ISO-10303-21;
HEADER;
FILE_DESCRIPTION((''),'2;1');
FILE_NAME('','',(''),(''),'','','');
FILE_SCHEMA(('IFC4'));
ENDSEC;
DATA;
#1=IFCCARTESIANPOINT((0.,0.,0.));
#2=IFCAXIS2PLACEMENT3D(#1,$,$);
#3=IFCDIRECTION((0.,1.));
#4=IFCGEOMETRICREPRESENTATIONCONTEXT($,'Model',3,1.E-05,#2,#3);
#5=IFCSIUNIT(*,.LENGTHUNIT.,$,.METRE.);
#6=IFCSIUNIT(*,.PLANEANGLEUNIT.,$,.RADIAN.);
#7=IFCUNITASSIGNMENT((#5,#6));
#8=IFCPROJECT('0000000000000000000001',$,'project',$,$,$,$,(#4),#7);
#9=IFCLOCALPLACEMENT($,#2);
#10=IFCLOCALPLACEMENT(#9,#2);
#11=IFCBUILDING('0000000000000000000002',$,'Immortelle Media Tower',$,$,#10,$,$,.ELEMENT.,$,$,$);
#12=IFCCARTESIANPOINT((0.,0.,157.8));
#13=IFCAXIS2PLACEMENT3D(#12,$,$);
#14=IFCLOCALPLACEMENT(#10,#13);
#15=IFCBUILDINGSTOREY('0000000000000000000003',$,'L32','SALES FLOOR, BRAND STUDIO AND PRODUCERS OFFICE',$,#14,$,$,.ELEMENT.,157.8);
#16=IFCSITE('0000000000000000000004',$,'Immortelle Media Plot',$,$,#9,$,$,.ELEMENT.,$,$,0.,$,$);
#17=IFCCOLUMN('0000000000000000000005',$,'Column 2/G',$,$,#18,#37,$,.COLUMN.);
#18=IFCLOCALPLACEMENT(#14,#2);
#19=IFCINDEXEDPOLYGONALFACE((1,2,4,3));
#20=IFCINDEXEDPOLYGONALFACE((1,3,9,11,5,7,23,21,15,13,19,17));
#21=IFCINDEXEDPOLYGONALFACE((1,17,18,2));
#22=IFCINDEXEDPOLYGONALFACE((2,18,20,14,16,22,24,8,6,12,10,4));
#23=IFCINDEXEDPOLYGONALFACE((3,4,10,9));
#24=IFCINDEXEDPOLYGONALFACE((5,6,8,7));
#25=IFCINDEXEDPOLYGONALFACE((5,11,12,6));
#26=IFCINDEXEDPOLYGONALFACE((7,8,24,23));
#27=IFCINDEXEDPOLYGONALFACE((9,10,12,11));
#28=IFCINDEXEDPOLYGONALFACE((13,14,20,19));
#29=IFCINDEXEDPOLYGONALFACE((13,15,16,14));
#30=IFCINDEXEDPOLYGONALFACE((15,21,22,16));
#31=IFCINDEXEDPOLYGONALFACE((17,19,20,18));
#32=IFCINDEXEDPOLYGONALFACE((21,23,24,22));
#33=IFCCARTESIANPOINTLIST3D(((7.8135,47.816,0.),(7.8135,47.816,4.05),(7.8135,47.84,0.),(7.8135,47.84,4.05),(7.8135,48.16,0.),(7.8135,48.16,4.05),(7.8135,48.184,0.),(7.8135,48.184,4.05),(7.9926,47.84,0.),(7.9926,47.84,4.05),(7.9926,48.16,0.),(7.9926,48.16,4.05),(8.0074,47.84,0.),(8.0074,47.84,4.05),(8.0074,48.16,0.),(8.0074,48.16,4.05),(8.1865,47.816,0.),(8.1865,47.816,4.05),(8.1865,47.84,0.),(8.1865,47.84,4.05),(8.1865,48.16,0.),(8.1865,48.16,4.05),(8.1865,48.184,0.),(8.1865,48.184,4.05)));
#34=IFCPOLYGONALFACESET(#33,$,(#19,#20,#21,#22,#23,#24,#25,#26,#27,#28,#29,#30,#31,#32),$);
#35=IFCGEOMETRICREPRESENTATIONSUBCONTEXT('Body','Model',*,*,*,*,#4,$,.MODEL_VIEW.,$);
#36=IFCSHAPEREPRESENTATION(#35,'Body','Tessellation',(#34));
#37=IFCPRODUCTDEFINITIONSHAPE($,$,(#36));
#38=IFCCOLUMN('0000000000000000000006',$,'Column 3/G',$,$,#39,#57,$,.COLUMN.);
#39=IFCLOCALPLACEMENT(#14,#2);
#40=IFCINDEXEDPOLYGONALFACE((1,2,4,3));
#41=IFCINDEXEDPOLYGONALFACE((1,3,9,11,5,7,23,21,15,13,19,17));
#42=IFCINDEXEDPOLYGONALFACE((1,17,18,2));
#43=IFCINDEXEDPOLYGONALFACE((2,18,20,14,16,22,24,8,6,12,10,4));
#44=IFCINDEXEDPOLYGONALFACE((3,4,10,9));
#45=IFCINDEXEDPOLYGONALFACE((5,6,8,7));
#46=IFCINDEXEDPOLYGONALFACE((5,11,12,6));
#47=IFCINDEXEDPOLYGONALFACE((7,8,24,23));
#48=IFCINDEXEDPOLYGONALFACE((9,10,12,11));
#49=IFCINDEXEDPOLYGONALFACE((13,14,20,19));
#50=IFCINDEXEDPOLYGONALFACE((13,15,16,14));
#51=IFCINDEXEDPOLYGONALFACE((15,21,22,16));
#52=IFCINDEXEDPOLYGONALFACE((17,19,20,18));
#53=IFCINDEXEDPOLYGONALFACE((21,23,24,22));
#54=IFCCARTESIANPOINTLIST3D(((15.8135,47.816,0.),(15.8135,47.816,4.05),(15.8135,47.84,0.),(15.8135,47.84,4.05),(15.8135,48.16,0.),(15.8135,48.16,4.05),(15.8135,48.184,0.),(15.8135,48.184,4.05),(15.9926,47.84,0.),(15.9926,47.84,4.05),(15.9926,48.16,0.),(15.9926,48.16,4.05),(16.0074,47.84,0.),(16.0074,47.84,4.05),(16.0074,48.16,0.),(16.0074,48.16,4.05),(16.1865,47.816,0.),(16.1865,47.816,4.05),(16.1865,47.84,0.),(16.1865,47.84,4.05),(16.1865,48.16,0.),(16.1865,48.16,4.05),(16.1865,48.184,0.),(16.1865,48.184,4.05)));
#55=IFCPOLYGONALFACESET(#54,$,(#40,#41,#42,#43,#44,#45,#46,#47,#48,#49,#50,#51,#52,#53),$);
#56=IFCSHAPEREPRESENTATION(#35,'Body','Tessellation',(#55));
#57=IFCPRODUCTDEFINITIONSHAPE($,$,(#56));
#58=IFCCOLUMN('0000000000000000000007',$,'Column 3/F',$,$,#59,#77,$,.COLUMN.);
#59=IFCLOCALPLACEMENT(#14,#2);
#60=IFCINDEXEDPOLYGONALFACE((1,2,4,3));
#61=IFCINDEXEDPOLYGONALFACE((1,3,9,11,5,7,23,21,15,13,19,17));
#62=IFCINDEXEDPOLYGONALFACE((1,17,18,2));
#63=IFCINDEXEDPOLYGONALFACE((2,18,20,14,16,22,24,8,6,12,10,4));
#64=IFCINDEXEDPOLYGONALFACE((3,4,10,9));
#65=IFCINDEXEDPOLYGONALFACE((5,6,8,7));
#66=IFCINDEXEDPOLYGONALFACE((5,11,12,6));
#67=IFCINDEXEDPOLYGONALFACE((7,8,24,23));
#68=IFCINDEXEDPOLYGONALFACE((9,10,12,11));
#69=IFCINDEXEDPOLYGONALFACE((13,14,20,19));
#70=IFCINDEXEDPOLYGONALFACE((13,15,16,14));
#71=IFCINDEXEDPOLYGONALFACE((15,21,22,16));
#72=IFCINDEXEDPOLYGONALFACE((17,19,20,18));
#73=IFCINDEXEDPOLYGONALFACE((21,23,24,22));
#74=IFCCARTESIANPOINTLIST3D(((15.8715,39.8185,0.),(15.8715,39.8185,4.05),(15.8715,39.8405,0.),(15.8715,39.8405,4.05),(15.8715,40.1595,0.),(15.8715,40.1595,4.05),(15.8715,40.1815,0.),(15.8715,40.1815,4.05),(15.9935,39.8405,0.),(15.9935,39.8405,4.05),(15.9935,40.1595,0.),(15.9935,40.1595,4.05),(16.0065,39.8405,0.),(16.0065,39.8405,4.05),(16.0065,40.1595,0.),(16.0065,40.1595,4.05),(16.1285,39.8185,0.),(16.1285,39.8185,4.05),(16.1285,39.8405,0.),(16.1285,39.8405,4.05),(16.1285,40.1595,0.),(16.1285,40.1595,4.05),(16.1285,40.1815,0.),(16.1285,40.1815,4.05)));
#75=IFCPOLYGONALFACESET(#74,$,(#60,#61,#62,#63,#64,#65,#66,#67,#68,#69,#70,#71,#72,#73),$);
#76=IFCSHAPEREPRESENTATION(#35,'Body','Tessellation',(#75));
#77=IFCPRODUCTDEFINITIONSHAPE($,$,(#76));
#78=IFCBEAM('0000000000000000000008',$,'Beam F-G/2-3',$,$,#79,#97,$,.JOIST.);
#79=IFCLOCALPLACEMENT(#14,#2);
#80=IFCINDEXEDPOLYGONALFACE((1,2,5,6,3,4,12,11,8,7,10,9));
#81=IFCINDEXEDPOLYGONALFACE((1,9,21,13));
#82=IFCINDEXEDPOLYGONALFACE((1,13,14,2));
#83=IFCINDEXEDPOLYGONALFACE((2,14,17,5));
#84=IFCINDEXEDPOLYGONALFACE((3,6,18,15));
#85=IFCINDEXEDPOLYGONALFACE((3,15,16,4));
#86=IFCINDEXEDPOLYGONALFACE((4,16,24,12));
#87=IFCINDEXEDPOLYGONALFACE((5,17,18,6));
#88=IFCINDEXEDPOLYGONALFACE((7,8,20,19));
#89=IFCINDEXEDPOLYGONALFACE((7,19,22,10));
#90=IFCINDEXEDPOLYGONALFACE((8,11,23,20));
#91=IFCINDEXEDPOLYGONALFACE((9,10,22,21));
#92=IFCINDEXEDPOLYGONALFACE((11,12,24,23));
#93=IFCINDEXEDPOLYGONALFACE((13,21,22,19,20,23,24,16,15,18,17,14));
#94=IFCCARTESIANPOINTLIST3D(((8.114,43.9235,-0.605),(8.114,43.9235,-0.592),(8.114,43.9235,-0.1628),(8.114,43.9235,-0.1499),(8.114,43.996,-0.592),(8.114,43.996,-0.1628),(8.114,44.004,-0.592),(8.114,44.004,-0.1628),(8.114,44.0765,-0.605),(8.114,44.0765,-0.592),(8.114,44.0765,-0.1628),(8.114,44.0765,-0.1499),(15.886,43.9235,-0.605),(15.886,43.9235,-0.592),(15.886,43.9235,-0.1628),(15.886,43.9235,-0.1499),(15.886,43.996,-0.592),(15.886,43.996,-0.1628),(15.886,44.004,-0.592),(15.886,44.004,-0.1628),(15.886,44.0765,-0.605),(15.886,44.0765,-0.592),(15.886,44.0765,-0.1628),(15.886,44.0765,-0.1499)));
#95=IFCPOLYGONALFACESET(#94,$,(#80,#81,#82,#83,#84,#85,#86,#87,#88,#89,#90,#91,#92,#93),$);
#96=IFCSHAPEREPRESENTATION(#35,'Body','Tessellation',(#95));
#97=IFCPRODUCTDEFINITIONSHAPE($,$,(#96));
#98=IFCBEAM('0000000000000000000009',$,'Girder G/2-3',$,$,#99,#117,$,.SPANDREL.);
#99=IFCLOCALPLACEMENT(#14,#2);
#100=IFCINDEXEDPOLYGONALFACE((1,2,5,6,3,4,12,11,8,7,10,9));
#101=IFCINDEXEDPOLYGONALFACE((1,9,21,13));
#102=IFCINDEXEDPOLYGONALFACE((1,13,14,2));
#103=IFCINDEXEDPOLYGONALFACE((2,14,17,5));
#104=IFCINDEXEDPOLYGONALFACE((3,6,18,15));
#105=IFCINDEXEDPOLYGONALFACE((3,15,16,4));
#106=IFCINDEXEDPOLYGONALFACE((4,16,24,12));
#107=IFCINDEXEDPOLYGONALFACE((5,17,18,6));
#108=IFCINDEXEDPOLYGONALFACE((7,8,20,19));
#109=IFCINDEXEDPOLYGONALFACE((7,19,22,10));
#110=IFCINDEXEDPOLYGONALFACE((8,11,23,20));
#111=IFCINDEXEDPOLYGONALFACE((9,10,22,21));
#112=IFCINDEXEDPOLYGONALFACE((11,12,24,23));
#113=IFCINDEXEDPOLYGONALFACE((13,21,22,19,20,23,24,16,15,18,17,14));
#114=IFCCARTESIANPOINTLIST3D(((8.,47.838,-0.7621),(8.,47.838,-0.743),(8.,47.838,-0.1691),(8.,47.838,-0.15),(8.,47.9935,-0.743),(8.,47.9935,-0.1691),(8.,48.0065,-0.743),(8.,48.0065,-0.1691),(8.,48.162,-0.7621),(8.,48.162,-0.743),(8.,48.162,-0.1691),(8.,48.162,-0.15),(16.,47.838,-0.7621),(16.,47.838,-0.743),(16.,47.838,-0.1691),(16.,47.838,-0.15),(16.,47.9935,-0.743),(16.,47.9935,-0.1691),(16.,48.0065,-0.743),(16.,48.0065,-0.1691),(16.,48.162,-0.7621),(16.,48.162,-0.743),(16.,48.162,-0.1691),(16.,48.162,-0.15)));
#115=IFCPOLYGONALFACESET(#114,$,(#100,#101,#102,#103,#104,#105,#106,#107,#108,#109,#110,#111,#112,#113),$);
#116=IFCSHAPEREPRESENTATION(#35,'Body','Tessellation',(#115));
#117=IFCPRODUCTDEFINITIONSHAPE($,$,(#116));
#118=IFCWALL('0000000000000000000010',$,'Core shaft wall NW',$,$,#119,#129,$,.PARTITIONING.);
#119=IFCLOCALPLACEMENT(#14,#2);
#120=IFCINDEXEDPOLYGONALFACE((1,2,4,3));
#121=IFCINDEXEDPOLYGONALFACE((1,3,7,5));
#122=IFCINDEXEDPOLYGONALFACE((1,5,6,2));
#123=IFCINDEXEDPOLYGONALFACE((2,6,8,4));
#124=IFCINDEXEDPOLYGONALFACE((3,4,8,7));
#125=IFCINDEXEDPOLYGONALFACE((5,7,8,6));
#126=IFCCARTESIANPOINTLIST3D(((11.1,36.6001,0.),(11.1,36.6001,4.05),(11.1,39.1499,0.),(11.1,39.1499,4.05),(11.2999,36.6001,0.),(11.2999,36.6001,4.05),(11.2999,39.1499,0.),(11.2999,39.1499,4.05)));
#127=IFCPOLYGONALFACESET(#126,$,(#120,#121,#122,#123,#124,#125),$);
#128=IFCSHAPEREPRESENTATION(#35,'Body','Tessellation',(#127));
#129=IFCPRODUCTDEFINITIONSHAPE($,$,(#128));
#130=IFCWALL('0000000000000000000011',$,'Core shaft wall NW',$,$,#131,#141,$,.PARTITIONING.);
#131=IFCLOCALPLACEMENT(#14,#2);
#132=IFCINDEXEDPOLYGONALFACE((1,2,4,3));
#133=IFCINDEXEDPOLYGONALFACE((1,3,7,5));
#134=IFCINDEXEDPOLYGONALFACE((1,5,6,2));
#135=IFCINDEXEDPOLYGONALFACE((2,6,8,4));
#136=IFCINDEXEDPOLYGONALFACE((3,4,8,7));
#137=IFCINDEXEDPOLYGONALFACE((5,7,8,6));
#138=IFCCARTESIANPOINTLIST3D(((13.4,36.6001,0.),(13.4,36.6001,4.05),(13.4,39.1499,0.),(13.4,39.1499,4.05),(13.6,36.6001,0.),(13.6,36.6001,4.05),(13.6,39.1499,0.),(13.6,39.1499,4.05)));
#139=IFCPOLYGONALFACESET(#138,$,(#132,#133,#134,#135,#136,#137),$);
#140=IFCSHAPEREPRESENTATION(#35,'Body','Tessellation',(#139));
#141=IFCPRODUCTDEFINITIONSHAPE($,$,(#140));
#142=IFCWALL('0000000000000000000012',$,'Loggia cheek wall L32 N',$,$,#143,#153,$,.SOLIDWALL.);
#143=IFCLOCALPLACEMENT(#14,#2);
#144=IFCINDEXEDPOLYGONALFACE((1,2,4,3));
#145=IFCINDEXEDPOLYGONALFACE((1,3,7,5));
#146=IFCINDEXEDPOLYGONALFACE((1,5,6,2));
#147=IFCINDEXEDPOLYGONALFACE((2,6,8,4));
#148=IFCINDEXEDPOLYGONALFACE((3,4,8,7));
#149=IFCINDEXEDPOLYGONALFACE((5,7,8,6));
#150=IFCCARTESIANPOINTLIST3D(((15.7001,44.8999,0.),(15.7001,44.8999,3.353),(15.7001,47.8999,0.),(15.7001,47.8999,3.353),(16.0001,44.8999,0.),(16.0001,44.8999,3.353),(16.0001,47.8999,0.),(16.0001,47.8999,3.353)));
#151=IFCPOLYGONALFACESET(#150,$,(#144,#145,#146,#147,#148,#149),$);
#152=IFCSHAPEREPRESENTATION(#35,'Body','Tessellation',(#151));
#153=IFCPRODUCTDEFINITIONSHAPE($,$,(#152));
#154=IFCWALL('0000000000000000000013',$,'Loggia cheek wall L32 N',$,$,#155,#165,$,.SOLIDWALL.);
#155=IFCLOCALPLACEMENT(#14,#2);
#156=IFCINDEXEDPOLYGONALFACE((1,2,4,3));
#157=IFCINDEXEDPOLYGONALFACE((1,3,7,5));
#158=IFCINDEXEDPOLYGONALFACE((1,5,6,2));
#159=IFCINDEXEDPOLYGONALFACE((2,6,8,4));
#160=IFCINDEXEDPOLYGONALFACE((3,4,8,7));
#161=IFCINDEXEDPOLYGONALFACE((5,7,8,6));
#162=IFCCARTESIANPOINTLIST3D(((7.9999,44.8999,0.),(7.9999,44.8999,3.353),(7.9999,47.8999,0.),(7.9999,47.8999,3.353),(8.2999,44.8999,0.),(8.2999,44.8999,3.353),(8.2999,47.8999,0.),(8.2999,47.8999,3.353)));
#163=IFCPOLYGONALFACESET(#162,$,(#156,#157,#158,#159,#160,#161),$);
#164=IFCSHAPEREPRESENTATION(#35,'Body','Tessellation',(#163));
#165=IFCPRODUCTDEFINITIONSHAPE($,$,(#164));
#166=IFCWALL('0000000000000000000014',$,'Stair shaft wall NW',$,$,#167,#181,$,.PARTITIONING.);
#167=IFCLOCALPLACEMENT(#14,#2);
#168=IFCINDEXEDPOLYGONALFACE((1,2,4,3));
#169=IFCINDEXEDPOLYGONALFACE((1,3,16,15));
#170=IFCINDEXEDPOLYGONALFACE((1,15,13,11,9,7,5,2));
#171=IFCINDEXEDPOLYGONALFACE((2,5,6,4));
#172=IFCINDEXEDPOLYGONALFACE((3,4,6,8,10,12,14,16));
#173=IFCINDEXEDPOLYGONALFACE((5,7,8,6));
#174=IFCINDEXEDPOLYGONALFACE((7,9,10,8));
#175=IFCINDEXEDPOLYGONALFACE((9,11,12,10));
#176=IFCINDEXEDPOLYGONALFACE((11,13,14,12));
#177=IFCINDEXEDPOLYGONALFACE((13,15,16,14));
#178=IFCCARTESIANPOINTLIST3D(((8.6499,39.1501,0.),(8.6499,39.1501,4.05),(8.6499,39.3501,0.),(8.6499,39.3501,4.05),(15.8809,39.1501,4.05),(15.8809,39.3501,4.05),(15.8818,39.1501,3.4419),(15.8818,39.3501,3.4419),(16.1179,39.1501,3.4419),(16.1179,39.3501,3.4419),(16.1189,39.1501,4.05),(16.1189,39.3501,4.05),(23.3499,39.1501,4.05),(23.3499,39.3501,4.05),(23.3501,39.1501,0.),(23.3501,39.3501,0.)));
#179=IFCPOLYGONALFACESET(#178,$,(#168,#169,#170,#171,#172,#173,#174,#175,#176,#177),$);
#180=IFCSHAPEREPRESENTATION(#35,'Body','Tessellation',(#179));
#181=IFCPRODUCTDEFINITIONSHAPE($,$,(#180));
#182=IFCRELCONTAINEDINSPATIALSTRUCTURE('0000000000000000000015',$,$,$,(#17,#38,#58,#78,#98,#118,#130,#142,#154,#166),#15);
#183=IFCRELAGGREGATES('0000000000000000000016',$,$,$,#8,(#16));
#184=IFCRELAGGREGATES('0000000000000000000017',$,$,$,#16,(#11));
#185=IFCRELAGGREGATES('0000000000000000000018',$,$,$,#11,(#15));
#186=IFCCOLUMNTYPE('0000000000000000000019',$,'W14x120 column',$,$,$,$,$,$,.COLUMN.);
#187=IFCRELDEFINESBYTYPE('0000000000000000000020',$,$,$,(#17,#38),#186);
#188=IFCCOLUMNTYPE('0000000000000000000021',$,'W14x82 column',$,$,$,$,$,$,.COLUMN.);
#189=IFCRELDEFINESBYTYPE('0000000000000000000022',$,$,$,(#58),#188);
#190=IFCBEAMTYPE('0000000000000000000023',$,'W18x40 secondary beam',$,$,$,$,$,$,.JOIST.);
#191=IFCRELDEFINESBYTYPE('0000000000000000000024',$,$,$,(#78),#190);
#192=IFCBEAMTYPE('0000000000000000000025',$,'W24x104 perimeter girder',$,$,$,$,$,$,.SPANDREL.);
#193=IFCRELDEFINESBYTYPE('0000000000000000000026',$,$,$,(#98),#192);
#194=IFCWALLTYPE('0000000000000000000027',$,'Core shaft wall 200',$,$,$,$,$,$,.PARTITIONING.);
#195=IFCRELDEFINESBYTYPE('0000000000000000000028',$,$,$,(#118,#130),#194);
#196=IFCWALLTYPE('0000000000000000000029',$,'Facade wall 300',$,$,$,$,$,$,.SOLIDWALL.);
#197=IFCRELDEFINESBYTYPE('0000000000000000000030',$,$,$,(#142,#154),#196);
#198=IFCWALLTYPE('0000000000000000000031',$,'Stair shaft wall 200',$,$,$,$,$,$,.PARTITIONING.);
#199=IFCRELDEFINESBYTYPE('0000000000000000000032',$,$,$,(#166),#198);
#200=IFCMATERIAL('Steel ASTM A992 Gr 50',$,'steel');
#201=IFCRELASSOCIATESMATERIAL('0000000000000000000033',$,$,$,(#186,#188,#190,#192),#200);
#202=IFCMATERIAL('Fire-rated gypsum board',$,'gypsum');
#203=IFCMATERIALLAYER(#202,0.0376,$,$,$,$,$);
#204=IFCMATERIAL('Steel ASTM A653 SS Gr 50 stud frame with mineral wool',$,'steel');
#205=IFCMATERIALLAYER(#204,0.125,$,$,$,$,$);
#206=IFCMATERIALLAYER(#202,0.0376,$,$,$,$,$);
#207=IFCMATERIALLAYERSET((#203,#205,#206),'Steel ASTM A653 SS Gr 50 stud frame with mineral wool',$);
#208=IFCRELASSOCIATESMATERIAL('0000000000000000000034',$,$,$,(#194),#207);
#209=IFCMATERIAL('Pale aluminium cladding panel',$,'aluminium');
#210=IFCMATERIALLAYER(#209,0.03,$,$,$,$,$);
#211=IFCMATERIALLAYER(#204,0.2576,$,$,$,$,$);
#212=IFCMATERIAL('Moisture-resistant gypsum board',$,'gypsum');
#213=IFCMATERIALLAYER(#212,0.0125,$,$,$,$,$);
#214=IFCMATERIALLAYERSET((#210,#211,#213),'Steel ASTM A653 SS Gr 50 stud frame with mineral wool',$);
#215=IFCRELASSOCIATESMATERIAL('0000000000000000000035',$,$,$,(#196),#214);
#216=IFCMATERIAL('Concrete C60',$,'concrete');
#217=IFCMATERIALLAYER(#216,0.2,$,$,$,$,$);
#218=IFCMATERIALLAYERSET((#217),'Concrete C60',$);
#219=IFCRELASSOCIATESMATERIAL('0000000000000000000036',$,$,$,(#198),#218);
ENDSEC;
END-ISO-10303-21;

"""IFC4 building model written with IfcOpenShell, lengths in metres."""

from ifc_helpers import new_model, si_unit, direction, frame, frame_2d, origin, origin_2d, place, context, subcontext, project, spatial, polyline, rectangle, i_section, outline, extrude, material, layer, layer_set, material_profile, profile_set, type_object, element, save


model = new_model("IFC4")

# Units and contexts
model_context = context("Model", 3, precision=1e-05, world=origin(), true_north=direction((0.0, 1.0)))
body_context = subcontext(model_context, "Body", "Model", "MODEL_VIEW")
ifc_project = project(units=[si_unit("LENGTHUNIT", "METRE"), si_unit("PLANEANGLEUNIT", "RADIAN")], contexts=[model_context])

# Site, building, storey
site_placement = place(None, origin())
site = spatial("IfcSite", under=ifc_project, at=site_placement, Name="Immortelle Media Plot", CompositionType="ELEMENT", RefElevation=0.0)
building_placement = place(site_placement, origin())
building = spatial("IfcBuilding", under=site, at=building_placement, Name="Immortelle Media Tower", CompositionType="ELEMENT")
storey_placement = place(building_placement, frame((0.0, 0.0, 157.8)))
storey = spatial("IfcBuildingStorey", under=building, at=storey_placement, Name="L32", Description="SALES FLOOR, BRAND STUDIO AND PRODUCERS OFFICE", CompositionType="ELEMENT", Elevation=157.8)

# Columns
ifc_material_1 = material(Name="Steel ASTM A992 Gr 50", Category="steel")
ifc_material_profile_1 = material_profile(ifc_material_1, i_section(OverallWidth=0.373, OverallDepth=0.3679, WebThickness=0.0149, FlangeThickness=0.0239, at=origin_2d()), Name="W14x120")
ifc_profile_set_1 = profile_set([ifc_material_profile_1], Name="Steel ASTM A992 Gr 50")
column_type_1 = type_object("IfcColumnType", Name="W14x120 column", PredefinedType="COLUMN", material=ifc_profile_set_1)
for number, where, z_axis, x_axis, name in (
    (1, (8.0, 48.0, 0.0), (0.0, 0.0, 1.0), (1.0, 0.0, 0.0), "Column 2/G"),
    (2, (16.0, 48.0, 0.0), (0.0, 0.0, 1.0), (1.0, 0.0, 0.0), "Column 3/G"),
):
    element("IfcColumn", number, at=place(storey_placement, frame(where, z_axis=z_axis, x_axis=x_axis)), inside=storey, type_object=column_type_1, Name=name, PredefinedType="COLUMN", context=body_context, shape_type="SweptSolid", body=[
        extrude(i_section(OverallWidth=0.373, OverallDepth=0.3679, WebThickness=0.0149, FlangeThickness=0.0239, at=origin_2d()), origin(), (0.0, 0.0, 1.0), 4.05),
    ])
ifc_material_profile_2 = material_profile(ifc_material_1, i_section(OverallWidth=0.2571, OverallDepth=0.363, WebThickness=0.0129, FlangeThickness=0.022, at=origin_2d()), Name="W14x82")
ifc_profile_set_2 = profile_set([ifc_material_profile_2], Name="Steel ASTM A992 Gr 50")
column_type_2 = type_object("IfcColumnType", Name="W14x82 column", PredefinedType="COLUMN", material=ifc_profile_set_2)
column_placement = place(storey_placement, frame((16.0, 40.0, 0.0), z_axis=(0.0, 0.0, 1.0), x_axis=(1.0, 0.0, 0.0)))
element("IfcColumn", 3, at=column_placement, inside=storey, type_object=column_type_2, Name="Column 3/F", PredefinedType="COLUMN", context=body_context, shape_type="SweptSolid", body=[
    extrude(i_section(OverallWidth=0.2571, OverallDepth=0.363, WebThickness=0.0129, FlangeThickness=0.022, at=origin_2d()), origin(), (0.0, 0.0, 1.0), 4.05),
])

# Beams
ifc_material_profile_3 = material_profile(ifc_material_1, i_section(OverallWidth=0.1531, OverallDepth=0.4551, WebThickness=0.0081, FlangeThickness=0.0129, at=origin_2d()), Name="W18x40")
ifc_profile_set_3 = profile_set([ifc_material_profile_3], Name="Steel ASTM A992 Gr 50")
beam_type_1 = type_object("IfcBeamType", Name="W18x40 secondary beam", PredefinedType="JOIST", material=ifc_profile_set_3)
beam_1_placement = place(storey_placement, frame((8.114, 44.0, -0.3774), z_axis=(1.0, 0.0, 0.0), x_axis=(0.0, 1.0, 0.0)))
element("IfcBeam", 4, at=beam_1_placement, inside=storey, type_object=beam_type_1, Name="Beam F-G/2-3", PredefinedType="JOIST", context=body_context, shape_type="SweptSolid", body=[
    extrude(i_section(OverallWidth=0.1531, OverallDepth=0.4551, WebThickness=0.0081, FlangeThickness=0.0129, at=origin_2d()), origin(), (0.0, 0.0, 1.0), 7.772),
])
ifc_material_profile_4 = material_profile(ifc_material_1, i_section(OverallWidth=0.324, OverallDepth=0.6121, WebThickness=0.0129, FlangeThickness=0.019, at=origin_2d()), Name="W24x104")
ifc_profile_set_4 = profile_set([ifc_material_profile_4], Name="Steel ASTM A992 Gr 50")
beam_type_2 = type_object("IfcBeamType", Name="W24x104 perimeter girder", PredefinedType="SPANDREL", material=ifc_profile_set_4)
beam_2_placement = place(storey_placement, frame((8.0, 48.0, -0.4561), z_axis=(1.0, 0.0, 0.0), x_axis=(0.0, 1.0, 0.0)))
element("IfcBeam", 5, at=beam_2_placement, inside=storey, type_object=beam_type_2, Name="Girder G/2-3", PredefinedType="SPANDREL", context=body_context, shape_type="SweptSolid", body=[
    extrude(i_section(OverallWidth=0.324, OverallDepth=0.6121, WebThickness=0.0129, FlangeThickness=0.019, at=origin_2d()), origin(), (0.0, 0.0, 1.0), 8.0),
])

# Walls
ifc_material_2 = material(Name="Fire-rated gypsum board", Category="gypsum")
ifc_layer_1 = layer(ifc_material_2, 0.0376)
ifc_material_3 = material(Name="Steel ASTM A653 SS Gr 50 stud frame with mineral wool", Category="steel")
ifc_layer_2 = layer(ifc_material_3, 0.125)
ifc_layer_3 = layer(ifc_material_2, 0.0376)
ifc_layer_set_1 = layer_set([ifc_layer_1, ifc_layer_2, ifc_layer_3], Name="Steel ASTM A653 SS Gr 50 stud frame with mineral wool")
wall_type_1 = type_object("IfcWallType", Name="Core shaft wall 200", PredefinedType="PARTITIONING", material=ifc_layer_set_1)
for number, where, z_axis, x_axis, name in (
    (6, (11.2, 36.6001, 0.0), (0.0, 0.0, 1.0), (0.0, 1.0, 0.0), "Core shaft wall NW"),
    (7, (13.5, 36.6001, 0.0), (0.0, 0.0, 1.0), (0.0, 1.0, 0.0), "Core shaft wall NW"),
):
    element("IfcWall", number, at=place(storey_placement, frame(where, z_axis=z_axis, x_axis=x_axis)), inside=storey, type_object=wall_type_1, Name=name, PredefinedType="PARTITIONING", context=body_context, shape_type="SweptSolid", body=[
        extrude(rectangle(XDim=2.5498, YDim=0.2, at=frame_2d((1.2749, 0.0))), origin(), (0.0, 0.0, 1.0), 4.05),
    ])

# Shared definitions
ifc_material_4 = material(Name="Pale aluminium cladding panel", Category="aluminium")
ifc_layer_4 = layer(ifc_material_4, 0.03)
ifc_layer_5 = layer(ifc_material_3, 0.2576)
ifc_material_5 = material(Name="Moisture-resistant gypsum board", Category="gypsum")
ifc_layer_6 = layer(ifc_material_5, 0.0125)
ifc_layer_set_2 = layer_set([ifc_layer_4, ifc_layer_5, ifc_layer_6], Name="Steel ASTM A653 SS Gr 50 stud frame with mineral wool")
wall_type_2 = type_object("IfcWallType", Name="Facade wall 300", PredefinedType="SOLIDWALL", material=ifc_layer_set_2)

# Walls
for number, where, z_axis, x_axis, name in (
    (8, (15.8501, 47.8999, 0.0), (0.0, 0.0, 1.0), (0.0, -1.0, 0.0), "Loggia cheek wall L32 N"),
    (9, (8.1499, 47.8999, 0.0), (0.0, 0.0, 1.0), (0.0, -1.0, 0.0), "Loggia cheek wall L32 N"),
):
    element("IfcWall", number, at=place(storey_placement, frame(where, z_axis=z_axis, x_axis=x_axis)), inside=storey, type_object=wall_type_2, Name=name, PredefinedType="SOLIDWALL", context=body_context, shape_type="SweptSolid", body=[
        extrude(rectangle(XDim=3.0, YDim=0.3, at=frame_2d((1.5, 0.0))), origin(), (0.0, 0.0, 1.0), 3.353),
    ])
ifc_material_6 = material(Name="Concrete C60", Category="concrete")
ifc_layer_7 = layer(ifc_material_6, 0.2)
ifc_layer_set_3 = layer_set([ifc_layer_7], Name="Concrete C60")
wall_type_3 = type_object("IfcWallType", Name="Stair shaft wall 200", PredefinedType="PARTITIONING", material=ifc_layer_set_3)
wall_1_placement = place(storey_placement, frame((8.6499, 39.25, 0.0), z_axis=(0.0, 0.0, 1.0), x_axis=(1.0, 0.0, 0.0)))
element("IfcWall", 10, at=wall_1_placement, inside=storey, type_object=wall_type_3, Name="Stair shaft wall NW", PredefinedType="PARTITIONING", context=body_context, shape_type="SweptSolid", body=[
    extrude(outline(polyline([(0.0, 0.0), (14.7002, 0.0), (14.7, 4.05), (7.469, 4.05), (7.468, 3.4419), (7.2319, 3.4419), (7.231, 4.05), (0.0, 4.05), (0.0, 0.0)])), frame((0.0, 0.1001, 0.0), z_axis=(0.0, -1.0, 0.0), x_axis=(1.0, 0.0, 0.0)), (0.0, 0.0, 1.0), 0.2),
])

save(model, "model.ifc")
